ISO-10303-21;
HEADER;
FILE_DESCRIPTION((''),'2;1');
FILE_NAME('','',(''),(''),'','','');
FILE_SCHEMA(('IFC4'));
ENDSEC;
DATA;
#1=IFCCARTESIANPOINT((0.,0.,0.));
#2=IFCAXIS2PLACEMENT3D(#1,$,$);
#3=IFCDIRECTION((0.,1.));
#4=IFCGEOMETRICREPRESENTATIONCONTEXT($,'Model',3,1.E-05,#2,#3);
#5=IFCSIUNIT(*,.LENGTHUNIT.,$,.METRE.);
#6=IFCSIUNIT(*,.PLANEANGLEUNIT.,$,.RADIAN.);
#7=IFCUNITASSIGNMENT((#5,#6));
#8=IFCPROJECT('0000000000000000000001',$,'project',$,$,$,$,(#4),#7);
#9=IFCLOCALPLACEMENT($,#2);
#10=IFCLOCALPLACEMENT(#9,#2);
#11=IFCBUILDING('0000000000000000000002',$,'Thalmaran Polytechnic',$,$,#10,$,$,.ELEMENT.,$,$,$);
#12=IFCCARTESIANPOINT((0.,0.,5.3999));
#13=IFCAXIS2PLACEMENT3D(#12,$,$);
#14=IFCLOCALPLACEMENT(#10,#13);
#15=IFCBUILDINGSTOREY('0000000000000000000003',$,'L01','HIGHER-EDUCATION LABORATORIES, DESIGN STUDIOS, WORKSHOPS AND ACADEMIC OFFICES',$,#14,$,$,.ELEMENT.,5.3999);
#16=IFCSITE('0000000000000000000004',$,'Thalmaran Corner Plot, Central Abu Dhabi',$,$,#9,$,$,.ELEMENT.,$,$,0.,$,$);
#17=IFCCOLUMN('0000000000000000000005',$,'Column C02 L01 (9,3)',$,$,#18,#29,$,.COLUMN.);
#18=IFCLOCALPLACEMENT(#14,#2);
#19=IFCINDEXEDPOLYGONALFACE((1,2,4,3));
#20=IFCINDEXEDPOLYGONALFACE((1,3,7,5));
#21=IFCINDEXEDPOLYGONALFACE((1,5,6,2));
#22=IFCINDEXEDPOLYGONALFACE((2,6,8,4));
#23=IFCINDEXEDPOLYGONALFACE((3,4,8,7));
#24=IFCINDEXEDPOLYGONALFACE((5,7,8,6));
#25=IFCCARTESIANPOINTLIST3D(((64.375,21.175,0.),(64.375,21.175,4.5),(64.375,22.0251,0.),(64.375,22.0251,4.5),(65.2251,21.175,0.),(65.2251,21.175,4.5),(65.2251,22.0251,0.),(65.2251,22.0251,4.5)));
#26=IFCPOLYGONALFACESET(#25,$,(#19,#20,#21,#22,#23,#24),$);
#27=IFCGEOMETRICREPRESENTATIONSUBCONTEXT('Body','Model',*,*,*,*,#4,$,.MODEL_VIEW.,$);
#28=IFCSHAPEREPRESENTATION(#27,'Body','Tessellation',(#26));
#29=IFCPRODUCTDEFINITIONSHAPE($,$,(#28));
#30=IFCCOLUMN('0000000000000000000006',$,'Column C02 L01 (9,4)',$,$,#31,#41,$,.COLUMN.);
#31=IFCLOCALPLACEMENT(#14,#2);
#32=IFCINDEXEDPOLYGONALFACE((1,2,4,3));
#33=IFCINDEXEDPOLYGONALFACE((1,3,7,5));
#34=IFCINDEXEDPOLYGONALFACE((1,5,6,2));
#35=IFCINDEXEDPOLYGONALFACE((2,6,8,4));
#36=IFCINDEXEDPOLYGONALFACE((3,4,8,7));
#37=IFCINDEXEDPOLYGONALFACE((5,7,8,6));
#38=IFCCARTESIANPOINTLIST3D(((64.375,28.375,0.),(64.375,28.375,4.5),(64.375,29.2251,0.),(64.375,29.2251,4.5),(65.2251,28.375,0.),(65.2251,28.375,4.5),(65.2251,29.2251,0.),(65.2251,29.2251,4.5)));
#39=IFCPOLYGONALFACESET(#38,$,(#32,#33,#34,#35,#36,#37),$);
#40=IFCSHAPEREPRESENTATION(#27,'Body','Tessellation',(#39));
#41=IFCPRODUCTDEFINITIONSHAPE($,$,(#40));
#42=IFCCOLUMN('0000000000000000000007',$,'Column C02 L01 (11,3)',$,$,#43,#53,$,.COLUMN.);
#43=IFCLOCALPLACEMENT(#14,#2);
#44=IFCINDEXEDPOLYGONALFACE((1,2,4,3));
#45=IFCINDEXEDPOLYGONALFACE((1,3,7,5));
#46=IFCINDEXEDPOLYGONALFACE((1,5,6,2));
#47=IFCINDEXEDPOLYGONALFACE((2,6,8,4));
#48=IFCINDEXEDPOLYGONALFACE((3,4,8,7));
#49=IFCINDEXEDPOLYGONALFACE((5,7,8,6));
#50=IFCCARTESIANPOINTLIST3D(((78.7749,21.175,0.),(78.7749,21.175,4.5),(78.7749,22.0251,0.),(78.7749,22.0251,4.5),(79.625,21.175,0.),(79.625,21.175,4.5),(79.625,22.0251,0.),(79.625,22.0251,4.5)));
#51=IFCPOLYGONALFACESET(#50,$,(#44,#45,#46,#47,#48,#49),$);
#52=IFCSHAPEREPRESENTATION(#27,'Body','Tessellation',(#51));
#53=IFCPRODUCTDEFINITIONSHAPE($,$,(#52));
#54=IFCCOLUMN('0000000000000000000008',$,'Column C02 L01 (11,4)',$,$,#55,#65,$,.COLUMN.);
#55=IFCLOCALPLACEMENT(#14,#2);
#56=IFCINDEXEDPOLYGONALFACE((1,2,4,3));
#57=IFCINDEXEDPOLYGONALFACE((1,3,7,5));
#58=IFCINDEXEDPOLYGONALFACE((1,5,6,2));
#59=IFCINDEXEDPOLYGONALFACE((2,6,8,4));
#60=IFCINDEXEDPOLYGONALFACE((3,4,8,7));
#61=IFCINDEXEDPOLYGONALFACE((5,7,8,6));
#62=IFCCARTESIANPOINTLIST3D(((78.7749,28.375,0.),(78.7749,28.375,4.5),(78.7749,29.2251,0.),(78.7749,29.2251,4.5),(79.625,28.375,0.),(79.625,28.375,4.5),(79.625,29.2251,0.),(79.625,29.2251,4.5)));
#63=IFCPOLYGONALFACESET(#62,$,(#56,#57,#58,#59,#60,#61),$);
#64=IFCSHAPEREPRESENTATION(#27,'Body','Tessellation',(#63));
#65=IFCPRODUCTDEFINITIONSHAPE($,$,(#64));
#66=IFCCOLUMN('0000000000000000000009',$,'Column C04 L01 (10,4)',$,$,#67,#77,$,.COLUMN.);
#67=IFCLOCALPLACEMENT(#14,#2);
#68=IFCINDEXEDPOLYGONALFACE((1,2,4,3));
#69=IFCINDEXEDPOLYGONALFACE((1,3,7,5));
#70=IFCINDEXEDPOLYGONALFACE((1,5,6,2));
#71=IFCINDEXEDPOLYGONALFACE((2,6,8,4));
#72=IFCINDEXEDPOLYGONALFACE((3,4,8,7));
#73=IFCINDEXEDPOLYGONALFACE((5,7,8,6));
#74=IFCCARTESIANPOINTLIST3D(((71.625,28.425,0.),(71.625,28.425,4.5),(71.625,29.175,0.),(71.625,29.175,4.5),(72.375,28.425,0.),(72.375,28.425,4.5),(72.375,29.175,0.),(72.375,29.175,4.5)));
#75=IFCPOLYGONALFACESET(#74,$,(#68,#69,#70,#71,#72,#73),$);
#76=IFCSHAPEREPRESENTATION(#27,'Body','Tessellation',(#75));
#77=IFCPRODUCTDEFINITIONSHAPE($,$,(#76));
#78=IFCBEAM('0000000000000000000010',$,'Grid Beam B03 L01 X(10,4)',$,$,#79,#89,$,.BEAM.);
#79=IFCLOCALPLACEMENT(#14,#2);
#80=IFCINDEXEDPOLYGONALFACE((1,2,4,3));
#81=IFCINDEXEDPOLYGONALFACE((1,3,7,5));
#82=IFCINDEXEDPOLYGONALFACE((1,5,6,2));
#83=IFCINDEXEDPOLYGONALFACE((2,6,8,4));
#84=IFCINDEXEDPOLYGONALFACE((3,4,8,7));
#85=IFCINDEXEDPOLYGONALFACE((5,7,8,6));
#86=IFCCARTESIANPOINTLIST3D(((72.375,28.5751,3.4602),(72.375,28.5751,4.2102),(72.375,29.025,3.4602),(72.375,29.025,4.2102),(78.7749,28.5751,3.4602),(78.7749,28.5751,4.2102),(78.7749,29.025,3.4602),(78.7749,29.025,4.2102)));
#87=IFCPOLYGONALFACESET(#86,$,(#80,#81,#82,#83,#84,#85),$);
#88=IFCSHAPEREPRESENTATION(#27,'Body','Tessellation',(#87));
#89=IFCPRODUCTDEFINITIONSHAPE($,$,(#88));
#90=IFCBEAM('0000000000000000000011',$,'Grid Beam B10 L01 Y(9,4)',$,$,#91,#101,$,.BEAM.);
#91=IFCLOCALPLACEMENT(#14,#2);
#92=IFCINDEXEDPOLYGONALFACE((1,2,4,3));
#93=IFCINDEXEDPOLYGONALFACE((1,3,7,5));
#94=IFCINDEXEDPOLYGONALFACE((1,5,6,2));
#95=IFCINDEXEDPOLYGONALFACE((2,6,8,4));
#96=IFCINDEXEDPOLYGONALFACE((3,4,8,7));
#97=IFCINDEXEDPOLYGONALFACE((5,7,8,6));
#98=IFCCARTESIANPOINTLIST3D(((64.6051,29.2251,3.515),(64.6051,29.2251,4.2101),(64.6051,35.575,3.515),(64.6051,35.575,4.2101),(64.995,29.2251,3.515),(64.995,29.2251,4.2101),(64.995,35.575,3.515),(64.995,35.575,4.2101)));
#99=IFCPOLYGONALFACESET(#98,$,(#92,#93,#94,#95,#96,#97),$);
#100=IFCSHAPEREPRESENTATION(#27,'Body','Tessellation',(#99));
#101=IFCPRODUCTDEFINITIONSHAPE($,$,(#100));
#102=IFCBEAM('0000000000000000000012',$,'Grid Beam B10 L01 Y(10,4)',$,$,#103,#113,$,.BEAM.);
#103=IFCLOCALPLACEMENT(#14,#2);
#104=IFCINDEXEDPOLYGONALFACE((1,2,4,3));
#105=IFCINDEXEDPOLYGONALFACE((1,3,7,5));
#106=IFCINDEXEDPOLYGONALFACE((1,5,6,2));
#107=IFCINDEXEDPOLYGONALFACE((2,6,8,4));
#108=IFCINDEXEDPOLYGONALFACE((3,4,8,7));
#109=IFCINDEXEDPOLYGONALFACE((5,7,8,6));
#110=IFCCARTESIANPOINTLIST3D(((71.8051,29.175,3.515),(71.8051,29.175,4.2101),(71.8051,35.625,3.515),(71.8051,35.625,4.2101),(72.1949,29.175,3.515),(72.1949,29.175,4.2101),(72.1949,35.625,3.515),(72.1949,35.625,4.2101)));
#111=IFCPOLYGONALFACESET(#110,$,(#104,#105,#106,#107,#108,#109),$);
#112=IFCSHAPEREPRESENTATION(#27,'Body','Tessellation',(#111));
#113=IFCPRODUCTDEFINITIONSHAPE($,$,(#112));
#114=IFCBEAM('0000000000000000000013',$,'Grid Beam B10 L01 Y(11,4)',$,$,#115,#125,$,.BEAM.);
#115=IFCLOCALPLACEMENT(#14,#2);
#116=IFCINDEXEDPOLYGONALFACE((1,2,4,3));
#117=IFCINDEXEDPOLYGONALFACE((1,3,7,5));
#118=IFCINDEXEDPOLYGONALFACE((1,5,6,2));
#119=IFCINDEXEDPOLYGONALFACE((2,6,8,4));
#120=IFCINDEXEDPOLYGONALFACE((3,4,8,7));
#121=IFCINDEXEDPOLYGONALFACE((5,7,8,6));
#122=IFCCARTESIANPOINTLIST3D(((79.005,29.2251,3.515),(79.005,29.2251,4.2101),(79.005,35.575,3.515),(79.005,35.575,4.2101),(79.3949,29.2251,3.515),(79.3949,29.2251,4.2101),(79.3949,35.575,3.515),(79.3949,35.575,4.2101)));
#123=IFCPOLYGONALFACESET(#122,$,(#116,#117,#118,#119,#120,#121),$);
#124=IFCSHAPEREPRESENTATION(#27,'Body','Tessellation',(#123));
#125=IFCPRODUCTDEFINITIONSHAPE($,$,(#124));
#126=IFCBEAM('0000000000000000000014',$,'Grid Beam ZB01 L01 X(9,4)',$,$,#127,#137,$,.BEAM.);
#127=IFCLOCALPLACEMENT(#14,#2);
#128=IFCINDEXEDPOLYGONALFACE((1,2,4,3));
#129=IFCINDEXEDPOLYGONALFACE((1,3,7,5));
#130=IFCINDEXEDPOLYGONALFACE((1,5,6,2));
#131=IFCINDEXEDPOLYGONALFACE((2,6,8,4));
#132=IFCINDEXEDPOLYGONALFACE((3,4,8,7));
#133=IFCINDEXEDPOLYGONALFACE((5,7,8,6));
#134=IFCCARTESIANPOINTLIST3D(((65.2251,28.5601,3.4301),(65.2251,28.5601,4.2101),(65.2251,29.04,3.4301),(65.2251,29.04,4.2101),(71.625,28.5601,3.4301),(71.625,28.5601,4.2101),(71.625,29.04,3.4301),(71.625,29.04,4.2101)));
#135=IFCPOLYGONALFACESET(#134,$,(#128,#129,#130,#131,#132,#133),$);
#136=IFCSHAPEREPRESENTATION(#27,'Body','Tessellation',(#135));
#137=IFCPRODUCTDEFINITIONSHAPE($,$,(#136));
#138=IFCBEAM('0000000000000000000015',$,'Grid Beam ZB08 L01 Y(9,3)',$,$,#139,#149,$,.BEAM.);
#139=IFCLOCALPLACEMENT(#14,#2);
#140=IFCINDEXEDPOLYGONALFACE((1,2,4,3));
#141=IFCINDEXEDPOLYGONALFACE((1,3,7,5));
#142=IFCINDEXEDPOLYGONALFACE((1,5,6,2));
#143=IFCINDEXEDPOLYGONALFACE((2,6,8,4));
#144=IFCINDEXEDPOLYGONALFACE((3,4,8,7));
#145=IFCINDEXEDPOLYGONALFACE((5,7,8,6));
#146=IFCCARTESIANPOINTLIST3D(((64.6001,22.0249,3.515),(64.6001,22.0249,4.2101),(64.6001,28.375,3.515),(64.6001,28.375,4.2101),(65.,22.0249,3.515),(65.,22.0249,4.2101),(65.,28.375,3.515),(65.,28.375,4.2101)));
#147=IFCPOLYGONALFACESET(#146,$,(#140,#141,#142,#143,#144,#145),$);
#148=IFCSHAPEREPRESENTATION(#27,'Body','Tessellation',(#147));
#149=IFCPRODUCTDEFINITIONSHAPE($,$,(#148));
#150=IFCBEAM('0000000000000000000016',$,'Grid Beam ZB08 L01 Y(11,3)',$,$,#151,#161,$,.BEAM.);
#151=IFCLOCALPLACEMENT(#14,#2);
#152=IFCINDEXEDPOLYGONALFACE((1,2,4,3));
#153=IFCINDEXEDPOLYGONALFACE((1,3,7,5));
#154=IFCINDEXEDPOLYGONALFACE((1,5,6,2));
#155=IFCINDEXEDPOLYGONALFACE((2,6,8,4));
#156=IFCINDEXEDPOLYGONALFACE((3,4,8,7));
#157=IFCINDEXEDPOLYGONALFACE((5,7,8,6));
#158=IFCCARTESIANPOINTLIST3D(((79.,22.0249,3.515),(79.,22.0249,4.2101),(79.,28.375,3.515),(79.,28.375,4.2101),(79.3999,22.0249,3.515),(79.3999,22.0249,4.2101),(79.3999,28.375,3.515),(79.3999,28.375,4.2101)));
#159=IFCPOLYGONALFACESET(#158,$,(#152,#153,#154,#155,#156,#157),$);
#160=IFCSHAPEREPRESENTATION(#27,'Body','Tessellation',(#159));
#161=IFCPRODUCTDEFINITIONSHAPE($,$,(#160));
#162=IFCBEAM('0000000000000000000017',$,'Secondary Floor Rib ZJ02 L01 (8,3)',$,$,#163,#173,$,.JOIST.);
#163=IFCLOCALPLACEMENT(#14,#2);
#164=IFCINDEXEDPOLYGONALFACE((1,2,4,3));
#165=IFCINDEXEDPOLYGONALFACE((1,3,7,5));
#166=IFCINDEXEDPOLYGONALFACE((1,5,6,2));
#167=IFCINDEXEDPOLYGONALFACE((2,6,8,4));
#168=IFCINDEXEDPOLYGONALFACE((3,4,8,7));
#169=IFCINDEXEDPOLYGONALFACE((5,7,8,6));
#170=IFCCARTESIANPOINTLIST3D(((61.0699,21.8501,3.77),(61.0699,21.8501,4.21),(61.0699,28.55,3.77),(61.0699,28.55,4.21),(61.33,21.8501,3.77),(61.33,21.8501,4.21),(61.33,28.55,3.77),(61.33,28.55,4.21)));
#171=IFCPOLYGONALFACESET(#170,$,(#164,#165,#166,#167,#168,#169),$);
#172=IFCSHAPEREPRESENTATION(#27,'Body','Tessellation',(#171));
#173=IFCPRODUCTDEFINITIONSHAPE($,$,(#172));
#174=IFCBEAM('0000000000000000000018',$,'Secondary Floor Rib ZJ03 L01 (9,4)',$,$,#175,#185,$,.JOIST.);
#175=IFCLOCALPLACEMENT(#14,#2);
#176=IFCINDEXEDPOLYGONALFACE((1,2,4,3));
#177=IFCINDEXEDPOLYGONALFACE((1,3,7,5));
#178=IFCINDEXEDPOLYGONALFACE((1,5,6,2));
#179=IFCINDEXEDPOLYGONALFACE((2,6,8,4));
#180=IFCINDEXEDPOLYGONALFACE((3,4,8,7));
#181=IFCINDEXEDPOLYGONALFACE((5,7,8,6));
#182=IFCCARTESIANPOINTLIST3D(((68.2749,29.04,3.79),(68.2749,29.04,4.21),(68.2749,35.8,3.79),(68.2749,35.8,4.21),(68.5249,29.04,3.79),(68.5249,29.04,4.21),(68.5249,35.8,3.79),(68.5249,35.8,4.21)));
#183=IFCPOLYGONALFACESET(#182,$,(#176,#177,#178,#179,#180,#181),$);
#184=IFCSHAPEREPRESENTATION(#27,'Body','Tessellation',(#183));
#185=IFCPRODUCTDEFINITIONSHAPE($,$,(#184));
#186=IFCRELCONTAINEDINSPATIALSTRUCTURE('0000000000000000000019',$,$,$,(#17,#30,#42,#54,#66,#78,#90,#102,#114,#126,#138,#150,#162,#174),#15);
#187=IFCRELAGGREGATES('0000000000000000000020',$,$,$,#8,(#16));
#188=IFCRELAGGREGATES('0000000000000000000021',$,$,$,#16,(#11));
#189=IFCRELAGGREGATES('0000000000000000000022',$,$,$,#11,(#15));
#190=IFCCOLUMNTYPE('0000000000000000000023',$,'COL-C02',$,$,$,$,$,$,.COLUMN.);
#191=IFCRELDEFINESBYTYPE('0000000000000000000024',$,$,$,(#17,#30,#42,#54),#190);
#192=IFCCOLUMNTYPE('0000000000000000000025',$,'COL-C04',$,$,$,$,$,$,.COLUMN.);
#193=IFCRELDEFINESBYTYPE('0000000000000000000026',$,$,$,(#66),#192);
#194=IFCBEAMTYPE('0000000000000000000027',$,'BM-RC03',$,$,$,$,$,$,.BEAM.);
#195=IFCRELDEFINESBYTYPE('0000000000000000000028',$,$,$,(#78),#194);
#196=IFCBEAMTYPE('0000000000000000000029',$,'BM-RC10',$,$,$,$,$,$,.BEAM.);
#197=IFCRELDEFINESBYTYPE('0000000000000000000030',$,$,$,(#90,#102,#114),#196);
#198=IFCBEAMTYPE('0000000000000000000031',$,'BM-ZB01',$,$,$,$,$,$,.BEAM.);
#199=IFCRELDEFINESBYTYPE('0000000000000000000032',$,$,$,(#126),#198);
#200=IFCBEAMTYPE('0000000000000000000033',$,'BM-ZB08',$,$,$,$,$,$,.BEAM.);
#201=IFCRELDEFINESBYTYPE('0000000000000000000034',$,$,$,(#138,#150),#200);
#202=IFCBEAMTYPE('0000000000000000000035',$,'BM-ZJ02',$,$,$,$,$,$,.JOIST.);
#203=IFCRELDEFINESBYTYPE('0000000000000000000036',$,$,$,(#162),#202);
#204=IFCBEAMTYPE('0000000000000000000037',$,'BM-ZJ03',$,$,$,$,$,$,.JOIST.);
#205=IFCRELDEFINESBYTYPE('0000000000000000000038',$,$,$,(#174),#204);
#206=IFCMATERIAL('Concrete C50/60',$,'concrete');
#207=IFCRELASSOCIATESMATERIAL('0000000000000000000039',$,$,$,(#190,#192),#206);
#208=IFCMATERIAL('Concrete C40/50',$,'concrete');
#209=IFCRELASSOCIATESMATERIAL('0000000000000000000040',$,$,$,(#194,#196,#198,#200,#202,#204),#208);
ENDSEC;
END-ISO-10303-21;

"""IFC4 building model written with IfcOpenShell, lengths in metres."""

from ifc_helpers import new_model, si_unit, direction, frame, origin, origin_2d, place, context, subcontext, project, spatial, rectangle, extrude, material, material_profile, profile_set, type_object, element, save


model = new_model("IFC4")

# Units and contexts
model_context = context("Model", 3, precision=1e-05, world=origin(), true_north=direction((0.0, 1.0)))
body_context = subcontext(model_context, "Body", "Model", "MODEL_VIEW")
ifc_project = project(units=[si_unit("LENGTHUNIT", "METRE"), si_unit("PLANEANGLEUNIT", "RADIAN")], contexts=[model_context])

# Site, building, storey
site_placement = place(None, origin())
site = spatial("IfcSite", under=ifc_project, at=site_placement, Name="Thalmaran Corner Plot, Central Abu Dhabi", CompositionType="ELEMENT", RefElevation=0.0)
building_placement = place(site_placement, origin())
building = spatial("IfcBuilding", under=site, at=building_placement, Name="Thalmaran Polytechnic", CompositionType="ELEMENT")
storey_placement = place(building_placement, frame((0.0, 0.0, 5.3999)))
storey = spatial("IfcBuildingStorey", under=building, at=storey_placement, Name="L01", Description="HIGHER-EDUCATION LABORATORIES, DESIGN STUDIOS, WORKSHOPS AND ACADEMIC OFFICES", CompositionType="ELEMENT", Elevation=5.3999)

# Columns
ifc_material_1 = material(Name="Concrete C50/60", Category="concrete")
ifc_material_profile_1 = material_profile(ifc_material_1, rectangle(XDim=0.8501, YDim=0.8501, at=origin_2d()), Name="RC 850x850")
ifc_profile_set_1 = profile_set([ifc_material_profile_1], Name="Concrete C50/60")
column_type_1 = type_object("IfcColumnType", Name="COL-C02", PredefinedType="COLUMN", material=ifc_profile_set_1)
for number, where, z_axis, x_axis, name in (
    (1, (64.8, 21.6001, 0.0), (0.0, 0.0, 1.0), (1.0, 0.0, 0.0), "Column C02 L01 (9,3)"),
    (2, (64.8, 28.8, 0.0), (0.0, 0.0, 1.0), (1.0, 0.0, 0.0), "Column C02 L01 (9,4)"),
    (3, (79.2, 21.6001, 0.0), (0.0, 0.0, 1.0), (1.0, 0.0, 0.0), "Column C02 L01 (11,3)"),
    (4, (79.2, 28.8, 0.0), (0.0, 0.0, 1.0), (1.0, 0.0, 0.0), "Column C02 L01 (11,4)"),
):
    element("IfcColumn", number, at=place(storey_placement, frame(where, z_axis=z_axis, x_axis=x_axis)), inside=storey, type_object=column_type_1, Name=name, PredefinedType="COLUMN", context=body_context, shape_type="SweptSolid", body=[
        extrude(rectangle(XDim=0.8501, YDim=0.8501, at=origin_2d()), origin(), (0.0, 0.0, 1.0), 4.5),
    ])
ifc_material_profile_2 = material_profile(ifc_material_1, rectangle(XDim=0.75, YDim=0.75, at=origin_2d()), Name="RC 750x750")
ifc_profile_set_2 = profile_set([ifc_material_profile_2], Name="Concrete C50/60")
column_type_2 = type_object("IfcColumnType", Name="COL-C04", PredefinedType="COLUMN", material=ifc_profile_set_2)
column_placement = place(storey_placement, frame((72.0, 28.8, 0.0), z_axis=(0.0, 0.0, 1.0), x_axis=(1.0, 0.0, 0.0)))
element("IfcColumn", 5, at=column_placement, inside=storey, type_object=column_type_2, Name="Column C04 L01 (10,4)", PredefinedType="COLUMN", context=body_context, shape_type="SweptSolid", body=[
    extrude(rectangle(XDim=0.75, YDim=0.75, at=origin_2d()), origin(), (0.0, 0.0, 1.0), 4.5),
])

# Beams
ifc_material_2 = material(Name="Concrete C40/50", Category="concrete")
ifc_material_profile_3 = material_profile(ifc_material_2, rectangle(XDim=0.45, YDim=0.75, at=origin_2d()), Name="RC 450x750")
ifc_profile_set_3 = profile_set([ifc_material_profile_3], Name="Concrete C40/50")
beam_type_1 = type_object("IfcBeamType", Name="BM-RC03", PredefinedType="BEAM", material=ifc_profile_set_3)
beam_1_placement = place(storey_placement, frame((72.375, 28.8, 3.8352), z_axis=(1.0, 0.0, 0.0), x_axis=(0.0, 1.0, 0.0)))
element("IfcBeam", 6, at=beam_1_placement, inside=storey, type_object=beam_type_1, Name="Grid Beam B03 L01 X(10,4)", PredefinedType="BEAM", context=body_context, shape_type="SweptSolid", body=[
    extrude(rectangle(XDim=0.45, YDim=0.75, at=origin_2d()), origin(), (0.0, 0.0, 1.0), 6.3999),
])
ifc_material_profile_4 = material_profile(ifc_material_2, rectangle(XDim=0.3899, YDim=0.6951, at=origin_2d()), Name="RC 390x695")
ifc_profile_set_4 = profile_set([ifc_material_profile_4], Name="Concrete C40/50")
beam_type_2 = type_object("IfcBeamType", Name="BM-RC10", PredefinedType="BEAM", material=ifc_profile_set_4)
beam_2_placement = place(storey_placement, frame((64.8, 29.2251, 3.8625), z_axis=(0.0, 1.0, 0.0), x_axis=(-1.0, 0.0, 0.0)))
element("IfcBeam", 7, at=beam_2_placement, inside=storey, type_object=beam_type_2, Name="Grid Beam B10 L01 Y(9,4)", PredefinedType="BEAM", context=body_context, shape_type="SweptSolid", body=[
    extrude(rectangle(XDim=0.3899, YDim=0.6951, at=origin_2d()), origin(), (0.0, 0.0, 1.0), 6.3499),
])
beam_3_placement = place(storey_placement, frame((72.0, 29.175, 3.8625), z_axis=(0.0, 1.0, 0.0), x_axis=(-1.0, 0.0, 0.0)))
element("IfcBeam", 8, at=beam_3_placement, inside=storey, type_object=beam_type_2, Name="Grid Beam B10 L01 Y(10,4)", PredefinedType="BEAM", context=body_context, shape_type="SweptSolid", body=[
    extrude(rectangle(XDim=0.3899, YDim=0.6951, at=origin_2d()), origin(), (0.0, 0.0, 1.0), 6.45),
])
beam_4_placement = place(storey_placement, frame((79.2, 29.2251, 3.8625), z_axis=(0.0, 1.0, 0.0), x_axis=(-1.0, 0.0, 0.0)))
element("IfcBeam", 9, at=beam_4_placement, inside=storey, type_object=beam_type_2, Name="Grid Beam B10 L01 Y(11,4)", PredefinedType="BEAM", context=body_context, shape_type="SweptSolid", body=[
    extrude(rectangle(XDim=0.3899, YDim=0.6951, at=origin_2d()), origin(), (0.0, 0.0, 1.0), 6.3499),
])
ifc_material_profile_5 = material_profile(ifc_material_2, rectangle(XDim=0.48, YDim=0.78, at=origin_2d()), Name="RC 480x780")
ifc_profile_set_5 = profile_set([ifc_material_profile_5], Name="Concrete C40/50")
beam_type_3 = type_object("IfcBeamType", Name="BM-ZB01", PredefinedType="BEAM", material=ifc_profile_set_5)
beam_5_placement = place(storey_placement, frame((65.2251, 28.8, 3.8201), z_axis=(1.0, 0.0, 0.0), x_axis=(0.0, 1.0, 0.0)))
element("IfcBeam", 10, at=beam_5_placement, inside=storey, type_object=beam_type_3, Name="Grid Beam ZB01 L01 X(9,4)", PredefinedType="BEAM", context=body_context, shape_type="SweptSolid", body=[
    extrude(rectangle(XDim=0.48, YDim=0.78, at=origin_2d()), origin(), (0.0, 0.0, 1.0), 6.3999),
])
ifc_material_profile_6 = material_profile(ifc_material_2, rectangle(XDim=0.3999, YDim=0.6951, at=origin_2d()), Name="RC 400x695")
ifc_profile_set_6 = profile_set([ifc_material_profile_6], Name="Concrete C40/50")
beam_type_4 = type_object("IfcBeamType", Name="BM-ZB08", PredefinedType="BEAM", material=ifc_profile_set_6)
for number, where, z_axis, x_axis, name in (
    (11, (64.8, 22.0249, 3.8625), (0.0, 1.0, 0.0), (-1.0, 0.0, 0.0), "Grid Beam ZB08 L01 Y(9,3)"),
    (12, (79.2, 22.0249, 3.8625), (0.0, 1.0, 0.0), (-1.0, 0.0, 0.0), "Grid Beam ZB08 L01 Y(11,3)"),
):
    element("IfcBeam", number, at=place(storey_placement, frame(where, z_axis=z_axis, x_axis=x_axis)), inside=storey, type_object=beam_type_4, Name=name, PredefinedType="BEAM", context=body_context, shape_type="SweptSolid", body=[
        extrude(rectangle(XDim=0.3999, YDim=0.6951, at=origin_2d()), origin(), (0.0, 0.0, 1.0), 6.3501),
    ])
ifc_material_profile_7 = material_profile(ifc_material_2, rectangle(XDim=0.26, YDim=0.4399, at=origin_2d()), Name="RC 260x440")
ifc_profile_set_7 = profile_set([ifc_material_profile_7], Name="Concrete C40/50")
beam_type_5 = type_object("IfcBeamType", Name="BM-ZJ02", PredefinedType="JOIST", material=ifc_profile_set_7)
beam_6_placement = place(storey_placement, frame((61.2, 21.8501, 3.99), z_axis=(0.0, 1.0, 0.0), x_axis=(-1.0, 0.0, 0.0)))
element("IfcBeam", 13, at=beam_6_placement, inside=storey, type_object=beam_type_5, Name="Secondary Floor Rib ZJ02 L01 (8,3)", PredefinedType="JOIST", context=body_context, shape_type="SweptSolid", body=[
    extrude(rectangle(XDim=0.26, YDim=0.4399, at=origin_2d()), origin(), (0.0, 0.0, 1.0), 6.7),
])
ifc_material_profile_8 = material_profile(ifc_material_2, rectangle(XDim=0.25, YDim=0.4199, at=origin_2d()), Name="RC 250x420")
ifc_profile_set_8 = profile_set([ifc_material_profile_8], Name="Concrete C40/50")
beam_type_6 = type_object("IfcBeamType", Name="BM-ZJ03", PredefinedType="JOIST", material=ifc_profile_set_8)
beam_7_placement = place(storey_placement, frame((68.3999, 29.04, 4.0), z_axis=(0.0, 1.0, 0.0), x_axis=(-1.0, 0.0, 0.0)))
element("IfcBeam", 14, at=beam_7_placement, inside=storey, type_object=beam_type_6, Name="Secondary Floor Rib ZJ03 L01 (9,4)", PredefinedType="JOIST", context=body_context, shape_type="SweptSolid", body=[
    extrude(rectangle(XDim=0.25, YDim=0.4199, at=origin_2d()), origin(), (0.0, 0.0, 1.0), 6.76),
])

save(model, "model.ifc")
